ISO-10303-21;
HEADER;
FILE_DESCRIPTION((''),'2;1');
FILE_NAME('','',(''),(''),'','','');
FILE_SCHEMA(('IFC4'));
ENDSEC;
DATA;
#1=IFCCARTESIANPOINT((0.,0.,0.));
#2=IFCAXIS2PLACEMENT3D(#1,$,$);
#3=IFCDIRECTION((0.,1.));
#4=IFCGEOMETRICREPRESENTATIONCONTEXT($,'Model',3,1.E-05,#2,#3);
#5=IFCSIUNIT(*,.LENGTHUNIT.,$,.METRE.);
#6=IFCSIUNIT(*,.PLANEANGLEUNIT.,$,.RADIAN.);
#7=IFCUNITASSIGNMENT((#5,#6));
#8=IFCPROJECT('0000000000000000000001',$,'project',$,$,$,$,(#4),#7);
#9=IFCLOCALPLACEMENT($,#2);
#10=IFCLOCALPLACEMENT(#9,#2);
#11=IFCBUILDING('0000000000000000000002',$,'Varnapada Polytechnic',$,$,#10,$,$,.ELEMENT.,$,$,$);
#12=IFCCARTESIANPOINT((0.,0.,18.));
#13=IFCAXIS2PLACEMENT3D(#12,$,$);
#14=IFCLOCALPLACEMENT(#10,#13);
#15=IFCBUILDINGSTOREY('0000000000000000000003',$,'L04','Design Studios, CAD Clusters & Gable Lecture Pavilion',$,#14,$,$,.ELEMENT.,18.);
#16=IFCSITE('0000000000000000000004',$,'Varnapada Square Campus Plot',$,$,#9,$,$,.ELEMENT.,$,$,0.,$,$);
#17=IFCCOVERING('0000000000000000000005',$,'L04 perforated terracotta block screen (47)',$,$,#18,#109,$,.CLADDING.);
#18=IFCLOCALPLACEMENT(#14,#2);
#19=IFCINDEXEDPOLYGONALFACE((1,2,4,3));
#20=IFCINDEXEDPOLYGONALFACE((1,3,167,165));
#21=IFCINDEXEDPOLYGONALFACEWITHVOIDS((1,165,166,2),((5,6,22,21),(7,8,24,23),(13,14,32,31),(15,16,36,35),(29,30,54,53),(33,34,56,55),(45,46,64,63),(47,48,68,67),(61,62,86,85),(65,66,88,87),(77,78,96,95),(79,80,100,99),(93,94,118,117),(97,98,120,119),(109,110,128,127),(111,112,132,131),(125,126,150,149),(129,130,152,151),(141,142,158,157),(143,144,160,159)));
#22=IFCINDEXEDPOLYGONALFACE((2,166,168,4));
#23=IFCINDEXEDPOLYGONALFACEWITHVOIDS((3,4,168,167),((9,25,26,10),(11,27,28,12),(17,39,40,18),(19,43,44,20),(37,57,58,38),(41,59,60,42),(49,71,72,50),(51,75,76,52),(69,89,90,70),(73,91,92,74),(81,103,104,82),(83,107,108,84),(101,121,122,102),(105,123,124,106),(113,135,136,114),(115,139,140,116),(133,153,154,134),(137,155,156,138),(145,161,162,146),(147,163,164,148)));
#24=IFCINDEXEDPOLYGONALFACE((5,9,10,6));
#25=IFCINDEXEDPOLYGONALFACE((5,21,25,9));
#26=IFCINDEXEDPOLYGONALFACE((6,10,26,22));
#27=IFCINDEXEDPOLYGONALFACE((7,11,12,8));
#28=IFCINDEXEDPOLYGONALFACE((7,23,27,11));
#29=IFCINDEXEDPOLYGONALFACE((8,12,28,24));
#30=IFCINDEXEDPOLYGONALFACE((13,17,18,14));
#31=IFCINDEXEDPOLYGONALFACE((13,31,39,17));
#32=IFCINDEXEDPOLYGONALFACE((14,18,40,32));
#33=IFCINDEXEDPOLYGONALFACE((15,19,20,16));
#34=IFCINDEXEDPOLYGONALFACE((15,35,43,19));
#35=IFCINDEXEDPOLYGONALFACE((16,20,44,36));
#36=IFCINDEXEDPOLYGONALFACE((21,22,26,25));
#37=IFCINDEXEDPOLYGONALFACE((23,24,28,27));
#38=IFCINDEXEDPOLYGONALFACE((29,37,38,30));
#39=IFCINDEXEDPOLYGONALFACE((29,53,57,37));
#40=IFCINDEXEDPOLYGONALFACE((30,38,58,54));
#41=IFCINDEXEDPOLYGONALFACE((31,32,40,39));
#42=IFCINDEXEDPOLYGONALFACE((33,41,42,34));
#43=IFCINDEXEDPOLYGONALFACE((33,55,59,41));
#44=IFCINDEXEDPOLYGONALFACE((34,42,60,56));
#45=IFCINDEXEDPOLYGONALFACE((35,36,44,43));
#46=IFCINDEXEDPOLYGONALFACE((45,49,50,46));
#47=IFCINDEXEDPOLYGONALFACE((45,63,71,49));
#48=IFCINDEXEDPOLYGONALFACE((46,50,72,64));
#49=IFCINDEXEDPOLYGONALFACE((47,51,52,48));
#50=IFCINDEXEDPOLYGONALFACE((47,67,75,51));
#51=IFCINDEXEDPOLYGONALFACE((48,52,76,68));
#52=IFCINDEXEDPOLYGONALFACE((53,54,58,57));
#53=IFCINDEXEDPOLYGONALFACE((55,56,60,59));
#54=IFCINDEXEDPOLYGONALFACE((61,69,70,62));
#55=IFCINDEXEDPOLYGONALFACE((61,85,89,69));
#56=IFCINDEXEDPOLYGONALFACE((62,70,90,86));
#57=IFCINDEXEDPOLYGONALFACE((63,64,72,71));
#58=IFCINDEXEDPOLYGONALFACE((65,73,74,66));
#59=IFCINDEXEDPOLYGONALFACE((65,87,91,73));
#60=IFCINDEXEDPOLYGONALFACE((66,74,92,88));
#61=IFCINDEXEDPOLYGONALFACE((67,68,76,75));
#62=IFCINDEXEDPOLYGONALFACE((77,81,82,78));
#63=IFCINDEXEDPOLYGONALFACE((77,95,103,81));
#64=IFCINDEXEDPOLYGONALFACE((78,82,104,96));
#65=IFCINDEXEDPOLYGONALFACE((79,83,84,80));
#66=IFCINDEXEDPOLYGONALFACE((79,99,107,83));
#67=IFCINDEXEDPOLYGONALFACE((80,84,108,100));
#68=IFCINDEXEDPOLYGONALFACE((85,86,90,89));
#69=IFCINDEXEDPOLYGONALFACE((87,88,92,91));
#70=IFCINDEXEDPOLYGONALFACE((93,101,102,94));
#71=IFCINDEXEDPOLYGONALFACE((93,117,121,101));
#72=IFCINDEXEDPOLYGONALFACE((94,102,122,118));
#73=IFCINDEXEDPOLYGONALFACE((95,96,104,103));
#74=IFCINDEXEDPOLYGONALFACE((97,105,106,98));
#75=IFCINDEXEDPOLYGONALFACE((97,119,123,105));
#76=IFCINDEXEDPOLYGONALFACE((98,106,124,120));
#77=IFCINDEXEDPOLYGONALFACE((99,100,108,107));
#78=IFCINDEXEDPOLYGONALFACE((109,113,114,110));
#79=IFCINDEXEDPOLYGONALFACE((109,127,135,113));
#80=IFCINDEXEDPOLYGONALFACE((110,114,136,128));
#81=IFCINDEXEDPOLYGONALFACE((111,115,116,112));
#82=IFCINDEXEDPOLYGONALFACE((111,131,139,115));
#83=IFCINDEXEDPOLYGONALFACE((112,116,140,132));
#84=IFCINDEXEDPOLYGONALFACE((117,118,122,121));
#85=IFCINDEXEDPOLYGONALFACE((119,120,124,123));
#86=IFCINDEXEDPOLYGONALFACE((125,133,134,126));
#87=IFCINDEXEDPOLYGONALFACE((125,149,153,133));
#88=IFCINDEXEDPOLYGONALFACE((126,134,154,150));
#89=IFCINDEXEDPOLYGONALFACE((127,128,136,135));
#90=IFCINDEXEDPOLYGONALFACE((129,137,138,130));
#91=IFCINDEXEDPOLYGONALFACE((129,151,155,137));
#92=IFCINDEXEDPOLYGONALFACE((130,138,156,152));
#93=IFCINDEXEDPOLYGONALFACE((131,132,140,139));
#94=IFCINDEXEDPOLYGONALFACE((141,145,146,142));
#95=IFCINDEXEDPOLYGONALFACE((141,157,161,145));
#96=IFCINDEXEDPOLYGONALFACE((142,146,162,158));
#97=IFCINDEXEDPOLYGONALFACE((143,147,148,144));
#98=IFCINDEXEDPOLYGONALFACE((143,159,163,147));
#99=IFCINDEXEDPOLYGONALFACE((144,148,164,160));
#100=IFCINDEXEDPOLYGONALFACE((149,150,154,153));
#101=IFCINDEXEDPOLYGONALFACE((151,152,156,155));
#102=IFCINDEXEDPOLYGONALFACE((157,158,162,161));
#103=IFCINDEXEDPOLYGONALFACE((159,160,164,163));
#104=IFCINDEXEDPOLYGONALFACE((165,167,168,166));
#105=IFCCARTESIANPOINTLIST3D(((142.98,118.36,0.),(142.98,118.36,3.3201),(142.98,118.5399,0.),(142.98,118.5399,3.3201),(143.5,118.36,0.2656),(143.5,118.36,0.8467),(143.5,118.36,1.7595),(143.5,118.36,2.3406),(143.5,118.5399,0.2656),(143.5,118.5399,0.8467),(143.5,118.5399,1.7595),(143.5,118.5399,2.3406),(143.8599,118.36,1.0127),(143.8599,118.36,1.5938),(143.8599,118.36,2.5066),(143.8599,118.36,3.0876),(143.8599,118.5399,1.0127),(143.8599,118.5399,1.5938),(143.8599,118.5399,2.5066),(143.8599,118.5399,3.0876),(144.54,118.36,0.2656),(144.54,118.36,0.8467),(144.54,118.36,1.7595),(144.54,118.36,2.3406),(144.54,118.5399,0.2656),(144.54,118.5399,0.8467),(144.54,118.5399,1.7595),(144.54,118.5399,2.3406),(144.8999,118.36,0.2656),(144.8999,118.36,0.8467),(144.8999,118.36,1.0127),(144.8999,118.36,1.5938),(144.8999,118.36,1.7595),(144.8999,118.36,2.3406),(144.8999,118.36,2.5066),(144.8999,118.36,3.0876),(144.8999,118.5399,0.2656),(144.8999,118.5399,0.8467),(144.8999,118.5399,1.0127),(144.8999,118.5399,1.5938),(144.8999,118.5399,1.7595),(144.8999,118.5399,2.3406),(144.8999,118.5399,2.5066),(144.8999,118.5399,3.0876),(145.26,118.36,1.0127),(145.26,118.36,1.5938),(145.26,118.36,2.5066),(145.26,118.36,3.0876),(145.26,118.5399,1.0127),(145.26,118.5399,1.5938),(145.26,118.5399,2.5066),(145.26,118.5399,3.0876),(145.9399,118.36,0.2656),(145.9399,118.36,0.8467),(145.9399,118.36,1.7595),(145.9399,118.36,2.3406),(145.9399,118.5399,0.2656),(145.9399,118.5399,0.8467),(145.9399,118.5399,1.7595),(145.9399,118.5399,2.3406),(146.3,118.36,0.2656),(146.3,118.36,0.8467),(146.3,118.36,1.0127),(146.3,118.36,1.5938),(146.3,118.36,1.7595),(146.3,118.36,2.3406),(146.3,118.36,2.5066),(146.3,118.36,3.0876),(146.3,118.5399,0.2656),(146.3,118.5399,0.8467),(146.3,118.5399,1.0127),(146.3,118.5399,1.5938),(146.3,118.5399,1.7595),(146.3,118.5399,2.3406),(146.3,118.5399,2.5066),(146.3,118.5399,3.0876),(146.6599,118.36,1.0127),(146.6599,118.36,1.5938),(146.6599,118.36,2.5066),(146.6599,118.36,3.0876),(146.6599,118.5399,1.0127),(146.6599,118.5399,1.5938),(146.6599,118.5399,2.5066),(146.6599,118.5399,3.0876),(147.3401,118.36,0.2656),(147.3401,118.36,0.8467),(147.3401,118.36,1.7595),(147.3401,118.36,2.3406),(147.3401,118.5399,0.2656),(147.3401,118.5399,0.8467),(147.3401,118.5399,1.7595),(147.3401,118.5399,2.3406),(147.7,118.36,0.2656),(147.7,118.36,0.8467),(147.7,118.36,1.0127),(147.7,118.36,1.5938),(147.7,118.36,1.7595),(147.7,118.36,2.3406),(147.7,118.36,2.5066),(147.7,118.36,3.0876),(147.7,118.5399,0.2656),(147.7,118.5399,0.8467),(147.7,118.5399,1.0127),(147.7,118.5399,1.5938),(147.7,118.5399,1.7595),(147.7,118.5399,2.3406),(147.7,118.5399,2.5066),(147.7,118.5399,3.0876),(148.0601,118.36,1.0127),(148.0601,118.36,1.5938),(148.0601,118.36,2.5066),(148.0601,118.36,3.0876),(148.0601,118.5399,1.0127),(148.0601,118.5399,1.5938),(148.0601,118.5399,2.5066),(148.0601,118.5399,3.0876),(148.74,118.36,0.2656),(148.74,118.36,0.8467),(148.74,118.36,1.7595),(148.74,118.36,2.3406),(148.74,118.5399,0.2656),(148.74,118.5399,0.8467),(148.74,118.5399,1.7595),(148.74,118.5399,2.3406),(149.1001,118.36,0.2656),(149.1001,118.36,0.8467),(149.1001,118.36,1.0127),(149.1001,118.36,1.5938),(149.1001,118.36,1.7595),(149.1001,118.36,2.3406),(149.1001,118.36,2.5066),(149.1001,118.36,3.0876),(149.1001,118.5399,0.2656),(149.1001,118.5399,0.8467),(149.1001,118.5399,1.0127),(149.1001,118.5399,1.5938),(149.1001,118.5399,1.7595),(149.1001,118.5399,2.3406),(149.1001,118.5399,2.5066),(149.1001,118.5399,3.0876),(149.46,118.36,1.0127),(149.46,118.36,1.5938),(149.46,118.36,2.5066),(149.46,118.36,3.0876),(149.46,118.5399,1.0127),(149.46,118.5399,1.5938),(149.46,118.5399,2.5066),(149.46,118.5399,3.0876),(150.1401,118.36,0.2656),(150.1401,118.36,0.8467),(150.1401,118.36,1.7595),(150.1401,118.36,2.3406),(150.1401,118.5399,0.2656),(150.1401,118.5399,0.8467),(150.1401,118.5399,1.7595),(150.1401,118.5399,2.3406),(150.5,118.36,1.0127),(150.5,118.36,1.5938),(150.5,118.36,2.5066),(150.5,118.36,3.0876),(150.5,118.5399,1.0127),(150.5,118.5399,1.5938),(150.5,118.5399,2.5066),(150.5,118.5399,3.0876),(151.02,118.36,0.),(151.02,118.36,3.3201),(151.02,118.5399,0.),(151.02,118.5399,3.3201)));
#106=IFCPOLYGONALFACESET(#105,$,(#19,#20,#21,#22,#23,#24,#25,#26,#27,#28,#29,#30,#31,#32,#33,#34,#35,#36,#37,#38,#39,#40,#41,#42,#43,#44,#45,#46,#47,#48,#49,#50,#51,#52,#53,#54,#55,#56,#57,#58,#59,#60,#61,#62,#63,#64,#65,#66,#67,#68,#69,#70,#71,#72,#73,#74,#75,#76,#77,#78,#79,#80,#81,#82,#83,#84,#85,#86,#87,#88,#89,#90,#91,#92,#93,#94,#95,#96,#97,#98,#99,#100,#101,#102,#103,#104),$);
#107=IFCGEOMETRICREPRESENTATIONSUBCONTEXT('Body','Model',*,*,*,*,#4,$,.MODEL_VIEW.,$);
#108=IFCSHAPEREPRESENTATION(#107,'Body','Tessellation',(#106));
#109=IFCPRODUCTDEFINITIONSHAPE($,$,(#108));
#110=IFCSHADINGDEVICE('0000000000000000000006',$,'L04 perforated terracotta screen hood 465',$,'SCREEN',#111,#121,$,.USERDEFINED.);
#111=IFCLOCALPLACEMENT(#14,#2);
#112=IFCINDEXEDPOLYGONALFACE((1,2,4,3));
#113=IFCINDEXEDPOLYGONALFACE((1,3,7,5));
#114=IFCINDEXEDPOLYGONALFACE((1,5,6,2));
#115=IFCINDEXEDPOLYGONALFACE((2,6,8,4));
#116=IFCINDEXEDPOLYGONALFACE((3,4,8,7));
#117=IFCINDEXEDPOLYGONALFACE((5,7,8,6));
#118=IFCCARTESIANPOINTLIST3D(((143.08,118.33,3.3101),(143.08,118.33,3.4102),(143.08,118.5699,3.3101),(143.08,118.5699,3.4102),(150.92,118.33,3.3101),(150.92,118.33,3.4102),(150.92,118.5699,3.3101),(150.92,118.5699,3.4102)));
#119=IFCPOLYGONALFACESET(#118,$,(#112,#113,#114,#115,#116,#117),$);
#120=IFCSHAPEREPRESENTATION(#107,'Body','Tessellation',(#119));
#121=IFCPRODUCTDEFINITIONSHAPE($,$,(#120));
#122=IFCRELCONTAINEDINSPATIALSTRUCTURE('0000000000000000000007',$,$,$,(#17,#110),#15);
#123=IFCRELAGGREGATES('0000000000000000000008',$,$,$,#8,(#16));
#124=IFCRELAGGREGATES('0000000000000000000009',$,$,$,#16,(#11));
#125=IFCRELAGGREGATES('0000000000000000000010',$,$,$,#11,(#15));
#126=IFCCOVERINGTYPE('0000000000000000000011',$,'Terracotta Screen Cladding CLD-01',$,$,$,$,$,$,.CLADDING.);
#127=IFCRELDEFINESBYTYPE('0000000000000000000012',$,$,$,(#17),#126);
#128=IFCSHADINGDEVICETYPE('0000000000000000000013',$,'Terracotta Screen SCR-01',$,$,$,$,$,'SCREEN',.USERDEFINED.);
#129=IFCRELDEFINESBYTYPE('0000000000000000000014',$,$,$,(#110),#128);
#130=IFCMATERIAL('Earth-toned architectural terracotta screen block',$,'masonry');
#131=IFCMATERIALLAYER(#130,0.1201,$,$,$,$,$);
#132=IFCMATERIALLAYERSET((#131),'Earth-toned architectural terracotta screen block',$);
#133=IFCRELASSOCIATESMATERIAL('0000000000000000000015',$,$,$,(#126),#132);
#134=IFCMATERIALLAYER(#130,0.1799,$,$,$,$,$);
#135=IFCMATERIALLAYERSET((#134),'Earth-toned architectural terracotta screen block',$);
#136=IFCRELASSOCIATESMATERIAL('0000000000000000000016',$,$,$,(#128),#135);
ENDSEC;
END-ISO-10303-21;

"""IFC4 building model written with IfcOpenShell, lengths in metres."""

from ifc_helpers import new_model, si_unit, direction, frame, frame_2d, origin, origin_2d, place, context, subcontext, project, spatial, rectangle, extrude, material, layer, layer_set, type_object, element, save


model = new_model("IFC4")

# Units and contexts
model_context = context("Model", 3, precision=1e-05, world=origin(), true_north=direction((0.0, 1.0)))
body_context = subcontext(model_context, "Body", "Model", "MODEL_VIEW")
ifc_project = project(units=[si_unit("LENGTHUNIT", "METRE"), si_unit("PLANEANGLEUNIT", "RADIAN")], contexts=[model_context])

# Site, building, storey
site_placement = place(None, origin())
site = spatial("IfcSite", under=ifc_project, at=site_placement, Name="Varnapada Square Campus Plot", CompositionType="ELEMENT", RefElevation=0.0)
building_placement = place(site_placement, origin())
building = spatial("IfcBuilding", under=site, at=building_placement, Name="Varnapada Polytechnic", CompositionType="ELEMENT")
storey_placement = place(building_placement, frame((0.0, 0.0, 18.0)))
storey = spatial("IfcBuildingStorey", under=building, at=storey_placement, Name="L04", Description="Design Studios, CAD Clusters & Gable Lecture Pavilion", CompositionType="ELEMENT", Elevation=18.0)

# Covering, openings
ifc_material_1 = material(Name="Earth-toned architectural terracotta screen block", Category="masonry")
ifc_layer_1 = layer(ifc_material_1, 0.1201)
ifc_layer_set_1 = layer_set([ifc_layer_1], Name="Earth-toned architectural terracotta screen block")
covering_type_1 = type_object("IfcCoveringType", Name="Terracotta Screen Cladding CLD-01", PredefinedType="CLADDING", material=ifc_layer_set_1)
covering_1_placement = place(storey_placement, frame((142.98, 118.45, 0.0), z_axis=(0.0, 0.0, 1.0), x_axis=(1.0, 0.0, 0.0)))
covering_1 = element("IfcCovering", 1, at=covering_1_placement, inside=storey, type_object=covering_type_1, Name="L04 perforated terracotta block screen (47)", PredefinedType="CLADDING", context=body_context, shape_type="SweptSolid", body=[
    extrude(rectangle(XDim=8.04, YDim=0.1799, at=frame_2d((4.02, 0.0))), origin(), (0.0, 0.0, 1.0), 3.3201),
])
opening_1_placement = place(covering_1_placement, frame((0.52, 0.0, 0.2656)))
element("IfcOpeningElement", 2, at=opening_1_placement, cuts=covering_1, PredefinedType="OPENING", context=body_context, shape_type="SweptSolid", body=[
    extrude(rectangle(XDim=1.04, YDim=0.5811, at=frame_2d((0.52, 0.2905))), frame((0.0, 0.0999, 0.0), z_axis=(0.0, -1.0, 0.0), x_axis=(1.0, 0.0, 0.0)), (0.0, 0.0, 1.0), 0.2),
])
opening_2_placement = place(covering_1_placement, frame((1.9199, 0.0, 0.2656)))
element("IfcOpeningElement", 3, at=opening_2_placement, cuts=covering_1, PredefinedType="OPENING", context=body_context, shape_type="SweptSolid", body=[
    extrude(rectangle(XDim=1.04, YDim=0.5811, at=frame_2d((0.52, 0.2905))), frame((0.0, 0.0999, 0.0), z_axis=(0.0, -1.0, 0.0), x_axis=(1.0, 0.0, 0.0)), (0.0, 0.0, 1.0), 0.2),
])
opening_3_placement = place(covering_1_placement, frame((3.3201, 0.0, 0.2656)))
element("IfcOpeningElement", 4, at=opening_3_placement, cuts=covering_1, PredefinedType="OPENING", context=body_context, shape_type="SweptSolid", body=[
    extrude(rectangle(XDim=1.04, YDim=0.5811, at=frame_2d((0.52, 0.2905))), frame((0.0, 0.0999, 0.0), z_axis=(0.0, -1.0, 0.0), x_axis=(1.0, 0.0, 0.0)), (0.0, 0.0, 1.0), 0.2),
])
opening_4_placement = place(covering_1_placement, frame((4.72, 0.0, 0.2656)))
element("IfcOpeningElement", 5, at=opening_4_placement, cuts=covering_1, PredefinedType="OPENING", context=body_context, shape_type="SweptSolid", body=[
    extrude(rectangle(XDim=1.04, YDim=0.5811, at=frame_2d((0.52, 0.2905))), frame((0.0, 0.0999, 0.0), z_axis=(0.0, -1.0, 0.0), x_axis=(1.0, 0.0, 0.0)), (0.0, 0.0, 1.0), 0.2),
])
opening_5_placement = place(covering_1_placement, frame((6.1201, 0.0, 0.2656)))
element("IfcOpeningElement", 6, at=opening_5_placement, cuts=covering_1, PredefinedType="OPENING", context=body_context, shape_type="SweptSolid", body=[
    extrude(rectangle(XDim=1.04, YDim=0.5811, at=frame_2d((0.52, 0.2905))), frame((0.0, 0.0999, 0.0), z_axis=(0.0, -1.0, 0.0), x_axis=(1.0, 0.0, 0.0)), (0.0, 0.0, 1.0), 0.2),
])
opening_6_placement = place(covering_1_placement, frame((0.8799, 0.0, 1.0127)))
element("IfcOpeningElement", 7, at=opening_6_placement, cuts=covering_1, PredefinedType="OPENING", context=body_context, shape_type="SweptSolid", body=[
    extrude(rectangle(XDim=1.04, YDim=0.5811, at=frame_2d((0.52, 0.2905))), frame((0.0, 0.0999, 0.0), z_axis=(0.0, -1.0, 0.0), x_axis=(1.0, 0.0, 0.0)), (0.0, 0.0, 1.0), 0.2),
])
opening_7_placement = place(covering_1_placement, frame((2.28, 0.0, 1.0127)))
element("IfcOpeningElement", 8, at=opening_7_placement, cuts=covering_1, PredefinedType="OPENING", context=body_context, shape_type="SweptSolid", body=[
    extrude(rectangle(XDim=1.04, YDim=0.5811, at=frame_2d((0.52, 0.2905))), frame((0.0, 0.0999, 0.0), z_axis=(0.0, -1.0, 0.0), x_axis=(1.0, 0.0, 0.0)), (0.0, 0.0, 1.0), 0.2),
])
opening_8_placement = place(covering_1_placement, frame((3.6799, 0.0, 1.0127)))
element("IfcOpeningElement", 9, at=opening_8_placement, cuts=covering_1, PredefinedType="OPENING", context=body_context, shape_type="SweptSolid", body=[
    extrude(rectangle(XDim=1.04, YDim=0.5811, at=frame_2d((0.52, 0.2905))), frame((0.0, 0.0999, 0.0), z_axis=(0.0, -1.0, 0.0), x_axis=(1.0, 0.0, 0.0)), (0.0, 0.0, 1.0), 0.2),
])
opening_9_placement = place(covering_1_placement, frame((5.0801, 0.0, 1.0127)))
element("IfcOpeningElement", 10, at=opening_9_placement, cuts=covering_1, PredefinedType="OPENING", context=body_context, shape_type="SweptSolid", body=[
    extrude(rectangle(XDim=1.04, YDim=0.5811, at=frame_2d((0.52, 0.2905))), frame((0.0, 0.0999, 0.0), z_axis=(0.0, -1.0, 0.0), x_axis=(1.0, 0.0, 0.0)), (0.0, 0.0, 1.0), 0.2),
])
opening_10_placement = place(covering_1_placement, frame((6.48, 0.0, 1.0127)))
element("IfcOpeningElement", 11, at=opening_10_placement, cuts=covering_1, PredefinedType="OPENING", context=body_context, shape_type="SweptSolid", body=[
    extrude(rectangle(XDim=1.04, YDim=0.5811, at=frame_2d((0.52, 0.2905))), frame((0.0, 0.0999, 0.0), z_axis=(0.0, -1.0, 0.0), x_axis=(1.0, 0.0, 0.0)), (0.0, 0.0, 1.0), 0.2),
])
opening_11_placement = place(covering_1_placement, frame((0.52, 0.0, 1.7595)))
element("IfcOpeningElement", 12, at=opening_11_placement, cuts=covering_1, PredefinedType="OPENING", context=body_context, shape_type="SweptSolid", body=[
    extrude(rectangle(XDim=1.04, YDim=0.5811, at=frame_2d((0.52, 0.2905))), frame((0.0, 0.0999, 0.0), z_axis=(0.0, -1.0, 0.0), x_axis=(1.0, 0.0, 0.0)), (0.0, 0.0, 1.0), 0.2),
])
opening_12_placement = place(covering_1_placement, frame((1.9199, 0.0, 1.7595)))
element("IfcOpeningElement", 13, at=opening_12_placement, cuts=covering_1, PredefinedType="OPENING", context=body_context, shape_type="SweptSolid", body=[
    extrude(rectangle(XDim=1.04, YDim=0.5811, at=frame_2d((0.52, 0.2905))), frame((0.0, 0.0999, 0.0), z_axis=(0.0, -1.0, 0.0), x_axis=(1.0, 0.0, 0.0)), (0.0, 0.0, 1.0), 0.2),
])
opening_13_placement = place(covering_1_placement, frame((3.3201, 0.0, 1.7595)))
element("IfcOpeningElement", 14, at=opening_13_placement, cuts=covering_1, PredefinedType="OPENING", context=body_context, shape_type="SweptSolid", body=[
    extrude(rectangle(XDim=1.04, YDim=0.5811, at=frame_2d((0.52, 0.2905))), frame((0.0, 0.0999, 0.0), z_axis=(0.0, -1.0, 0.0), x_axis=(1.0, 0.0, 0.0)), (0.0, 0.0, 1.0), 0.2),
])
opening_14_placement = place(covering_1_placement, frame((4.72, 0.0, 1.7595)))
element("IfcOpeningElement", 15, at=opening_14_placement, cuts=covering_1, PredefinedType="OPENING", context=body_context, shape_type="SweptSolid", body=[
    extrude(rectangle(XDim=1.04, YDim=0.5811, at=frame_2d((0.52, 0.2905))), frame((0.0, 0.0999, 0.0), z_axis=(0.0, -1.0, 0.0), x_axis=(1.0, 0.0, 0.0)), (0.0, 0.0, 1.0), 0.2),
])
opening_15_placement = place(covering_1_placement, frame((6.1201, 0.0, 1.7595)))
element("IfcOpeningElement", 16, at=opening_15_placement, cuts=covering_1, PredefinedType="OPENING", context=body_context, shape_type="SweptSolid", body=[
    extrude(rectangle(XDim=1.04, YDim=0.5811, at=frame_2d((0.52, 0.2905))), frame((0.0, 0.0999, 0.0), z_axis=(0.0, -1.0, 0.0), x_axis=(1.0, 0.0, 0.0)), (0.0, 0.0, 1.0), 0.2),
])
opening_16_placement = place(covering_1_placement, frame((0.8799, 0.0, 2.5066)))
element("IfcOpeningElement", 17, at=opening_16_placement, cuts=covering_1, PredefinedType="OPENING", context=body_context, shape_type="SweptSolid", body=[
    extrude(rectangle(XDim=1.04, YDim=0.5811, at=frame_2d((0.52, 0.2905))), frame((0.0, 0.0999, 0.0), z_axis=(0.0, -1.0, 0.0), x_axis=(1.0, 0.0, 0.0)), (0.0, 0.0, 1.0), 0.2),
])
opening_17_placement = place(covering_1_placement, frame((2.28, 0.0, 2.5066)))
element("IfcOpeningElement", 18, at=opening_17_placement, cuts=covering_1, PredefinedType="OPENING", context=body_context, shape_type="SweptSolid", body=[
    extrude(rectangle(XDim=1.04, YDim=0.5811, at=frame_2d((0.52, 0.2905))), frame((0.0, 0.0999, 0.0), z_axis=(0.0, -1.0, 0.0), x_axis=(1.0, 0.0, 0.0)), (0.0, 0.0, 1.0), 0.2),
])
opening_18_placement = place(covering_1_placement, frame((3.6799, 0.0, 2.5066)))
element("IfcOpeningElement", 19, at=opening_18_placement, cuts=covering_1, PredefinedType="OPENING", context=body_context, shape_type="SweptSolid", body=[
    extrude(rectangle(XDim=1.04, YDim=0.5811, at=frame_2d((0.52, 0.2905))), frame((0.0, 0.0999, 0.0), z_axis=(0.0, -1.0, 0.0), x_axis=(1.0, 0.0, 0.0)), (0.0, 0.0, 1.0), 0.2),
])
opening_19_placement = place(covering_1_placement, frame((5.0801, 0.0, 2.5066)))
element("IfcOpeningElement", 20, at=opening_19_placement, cuts=covering_1, PredefinedType="OPENING", context=body_context, shape_type="SweptSolid", body=[
    extrude(rectangle(XDim=1.04, YDim=0.5811, at=frame_2d((0.52, 0.2905))), frame((0.0, 0.0999, 0.0), z_axis=(0.0, -1.0, 0.0), x_axis=(1.0, 0.0, 0.0)), (0.0, 0.0, 1.0), 0.2),
])
opening_20_placement = place(covering_1_placement, frame((6.48, 0.0, 2.5066)))
element("IfcOpeningElement", 21, at=opening_20_placement, cuts=covering_1, PredefinedType="OPENING", context=body_context, shape_type="SweptSolid", body=[
    extrude(rectangle(XDim=1.04, YDim=0.5811, at=frame_2d((0.52, 0.2905))), frame((0.0, 0.0999, 0.0), z_axis=(0.0, -1.0, 0.0), x_axis=(1.0, 0.0, 0.0)), (0.0, 0.0, 1.0), 0.2),
])

# Shading device
ifc_layer_2 = layer(ifc_material_1, 0.1799)
ifc_layer_set_2 = layer_set([ifc_layer_2], Name="Earth-toned architectural terracotta screen block")
shading_device_type = type_object("IfcShadingDeviceType", Name="Terracotta Screen SCR-01", ElementType="SCREEN", PredefinedType="USERDEFINED", material=ifc_layer_set_2)
shading_device_placement = place(storey_placement, frame((147.0, 118.45, 3.3101), z_axis=(0.0, 0.0, 1.0), x_axis=(1.0, 0.0, 0.0)))
element("IfcShadingDevice", 22, at=shading_device_placement, inside=storey, type_object=shading_device_type, Name="L04 perforated terracotta screen hood 465", ObjectType="SCREEN", PredefinedType="USERDEFINED", context=body_context, shape_type="SweptSolid", body=[
    extrude(rectangle(XDim=7.8401, YDim=0.24, at=origin_2d()), origin(), (0.0, 0.0, 1.0), 0.1001),
])

save(model, "model.ifc")
